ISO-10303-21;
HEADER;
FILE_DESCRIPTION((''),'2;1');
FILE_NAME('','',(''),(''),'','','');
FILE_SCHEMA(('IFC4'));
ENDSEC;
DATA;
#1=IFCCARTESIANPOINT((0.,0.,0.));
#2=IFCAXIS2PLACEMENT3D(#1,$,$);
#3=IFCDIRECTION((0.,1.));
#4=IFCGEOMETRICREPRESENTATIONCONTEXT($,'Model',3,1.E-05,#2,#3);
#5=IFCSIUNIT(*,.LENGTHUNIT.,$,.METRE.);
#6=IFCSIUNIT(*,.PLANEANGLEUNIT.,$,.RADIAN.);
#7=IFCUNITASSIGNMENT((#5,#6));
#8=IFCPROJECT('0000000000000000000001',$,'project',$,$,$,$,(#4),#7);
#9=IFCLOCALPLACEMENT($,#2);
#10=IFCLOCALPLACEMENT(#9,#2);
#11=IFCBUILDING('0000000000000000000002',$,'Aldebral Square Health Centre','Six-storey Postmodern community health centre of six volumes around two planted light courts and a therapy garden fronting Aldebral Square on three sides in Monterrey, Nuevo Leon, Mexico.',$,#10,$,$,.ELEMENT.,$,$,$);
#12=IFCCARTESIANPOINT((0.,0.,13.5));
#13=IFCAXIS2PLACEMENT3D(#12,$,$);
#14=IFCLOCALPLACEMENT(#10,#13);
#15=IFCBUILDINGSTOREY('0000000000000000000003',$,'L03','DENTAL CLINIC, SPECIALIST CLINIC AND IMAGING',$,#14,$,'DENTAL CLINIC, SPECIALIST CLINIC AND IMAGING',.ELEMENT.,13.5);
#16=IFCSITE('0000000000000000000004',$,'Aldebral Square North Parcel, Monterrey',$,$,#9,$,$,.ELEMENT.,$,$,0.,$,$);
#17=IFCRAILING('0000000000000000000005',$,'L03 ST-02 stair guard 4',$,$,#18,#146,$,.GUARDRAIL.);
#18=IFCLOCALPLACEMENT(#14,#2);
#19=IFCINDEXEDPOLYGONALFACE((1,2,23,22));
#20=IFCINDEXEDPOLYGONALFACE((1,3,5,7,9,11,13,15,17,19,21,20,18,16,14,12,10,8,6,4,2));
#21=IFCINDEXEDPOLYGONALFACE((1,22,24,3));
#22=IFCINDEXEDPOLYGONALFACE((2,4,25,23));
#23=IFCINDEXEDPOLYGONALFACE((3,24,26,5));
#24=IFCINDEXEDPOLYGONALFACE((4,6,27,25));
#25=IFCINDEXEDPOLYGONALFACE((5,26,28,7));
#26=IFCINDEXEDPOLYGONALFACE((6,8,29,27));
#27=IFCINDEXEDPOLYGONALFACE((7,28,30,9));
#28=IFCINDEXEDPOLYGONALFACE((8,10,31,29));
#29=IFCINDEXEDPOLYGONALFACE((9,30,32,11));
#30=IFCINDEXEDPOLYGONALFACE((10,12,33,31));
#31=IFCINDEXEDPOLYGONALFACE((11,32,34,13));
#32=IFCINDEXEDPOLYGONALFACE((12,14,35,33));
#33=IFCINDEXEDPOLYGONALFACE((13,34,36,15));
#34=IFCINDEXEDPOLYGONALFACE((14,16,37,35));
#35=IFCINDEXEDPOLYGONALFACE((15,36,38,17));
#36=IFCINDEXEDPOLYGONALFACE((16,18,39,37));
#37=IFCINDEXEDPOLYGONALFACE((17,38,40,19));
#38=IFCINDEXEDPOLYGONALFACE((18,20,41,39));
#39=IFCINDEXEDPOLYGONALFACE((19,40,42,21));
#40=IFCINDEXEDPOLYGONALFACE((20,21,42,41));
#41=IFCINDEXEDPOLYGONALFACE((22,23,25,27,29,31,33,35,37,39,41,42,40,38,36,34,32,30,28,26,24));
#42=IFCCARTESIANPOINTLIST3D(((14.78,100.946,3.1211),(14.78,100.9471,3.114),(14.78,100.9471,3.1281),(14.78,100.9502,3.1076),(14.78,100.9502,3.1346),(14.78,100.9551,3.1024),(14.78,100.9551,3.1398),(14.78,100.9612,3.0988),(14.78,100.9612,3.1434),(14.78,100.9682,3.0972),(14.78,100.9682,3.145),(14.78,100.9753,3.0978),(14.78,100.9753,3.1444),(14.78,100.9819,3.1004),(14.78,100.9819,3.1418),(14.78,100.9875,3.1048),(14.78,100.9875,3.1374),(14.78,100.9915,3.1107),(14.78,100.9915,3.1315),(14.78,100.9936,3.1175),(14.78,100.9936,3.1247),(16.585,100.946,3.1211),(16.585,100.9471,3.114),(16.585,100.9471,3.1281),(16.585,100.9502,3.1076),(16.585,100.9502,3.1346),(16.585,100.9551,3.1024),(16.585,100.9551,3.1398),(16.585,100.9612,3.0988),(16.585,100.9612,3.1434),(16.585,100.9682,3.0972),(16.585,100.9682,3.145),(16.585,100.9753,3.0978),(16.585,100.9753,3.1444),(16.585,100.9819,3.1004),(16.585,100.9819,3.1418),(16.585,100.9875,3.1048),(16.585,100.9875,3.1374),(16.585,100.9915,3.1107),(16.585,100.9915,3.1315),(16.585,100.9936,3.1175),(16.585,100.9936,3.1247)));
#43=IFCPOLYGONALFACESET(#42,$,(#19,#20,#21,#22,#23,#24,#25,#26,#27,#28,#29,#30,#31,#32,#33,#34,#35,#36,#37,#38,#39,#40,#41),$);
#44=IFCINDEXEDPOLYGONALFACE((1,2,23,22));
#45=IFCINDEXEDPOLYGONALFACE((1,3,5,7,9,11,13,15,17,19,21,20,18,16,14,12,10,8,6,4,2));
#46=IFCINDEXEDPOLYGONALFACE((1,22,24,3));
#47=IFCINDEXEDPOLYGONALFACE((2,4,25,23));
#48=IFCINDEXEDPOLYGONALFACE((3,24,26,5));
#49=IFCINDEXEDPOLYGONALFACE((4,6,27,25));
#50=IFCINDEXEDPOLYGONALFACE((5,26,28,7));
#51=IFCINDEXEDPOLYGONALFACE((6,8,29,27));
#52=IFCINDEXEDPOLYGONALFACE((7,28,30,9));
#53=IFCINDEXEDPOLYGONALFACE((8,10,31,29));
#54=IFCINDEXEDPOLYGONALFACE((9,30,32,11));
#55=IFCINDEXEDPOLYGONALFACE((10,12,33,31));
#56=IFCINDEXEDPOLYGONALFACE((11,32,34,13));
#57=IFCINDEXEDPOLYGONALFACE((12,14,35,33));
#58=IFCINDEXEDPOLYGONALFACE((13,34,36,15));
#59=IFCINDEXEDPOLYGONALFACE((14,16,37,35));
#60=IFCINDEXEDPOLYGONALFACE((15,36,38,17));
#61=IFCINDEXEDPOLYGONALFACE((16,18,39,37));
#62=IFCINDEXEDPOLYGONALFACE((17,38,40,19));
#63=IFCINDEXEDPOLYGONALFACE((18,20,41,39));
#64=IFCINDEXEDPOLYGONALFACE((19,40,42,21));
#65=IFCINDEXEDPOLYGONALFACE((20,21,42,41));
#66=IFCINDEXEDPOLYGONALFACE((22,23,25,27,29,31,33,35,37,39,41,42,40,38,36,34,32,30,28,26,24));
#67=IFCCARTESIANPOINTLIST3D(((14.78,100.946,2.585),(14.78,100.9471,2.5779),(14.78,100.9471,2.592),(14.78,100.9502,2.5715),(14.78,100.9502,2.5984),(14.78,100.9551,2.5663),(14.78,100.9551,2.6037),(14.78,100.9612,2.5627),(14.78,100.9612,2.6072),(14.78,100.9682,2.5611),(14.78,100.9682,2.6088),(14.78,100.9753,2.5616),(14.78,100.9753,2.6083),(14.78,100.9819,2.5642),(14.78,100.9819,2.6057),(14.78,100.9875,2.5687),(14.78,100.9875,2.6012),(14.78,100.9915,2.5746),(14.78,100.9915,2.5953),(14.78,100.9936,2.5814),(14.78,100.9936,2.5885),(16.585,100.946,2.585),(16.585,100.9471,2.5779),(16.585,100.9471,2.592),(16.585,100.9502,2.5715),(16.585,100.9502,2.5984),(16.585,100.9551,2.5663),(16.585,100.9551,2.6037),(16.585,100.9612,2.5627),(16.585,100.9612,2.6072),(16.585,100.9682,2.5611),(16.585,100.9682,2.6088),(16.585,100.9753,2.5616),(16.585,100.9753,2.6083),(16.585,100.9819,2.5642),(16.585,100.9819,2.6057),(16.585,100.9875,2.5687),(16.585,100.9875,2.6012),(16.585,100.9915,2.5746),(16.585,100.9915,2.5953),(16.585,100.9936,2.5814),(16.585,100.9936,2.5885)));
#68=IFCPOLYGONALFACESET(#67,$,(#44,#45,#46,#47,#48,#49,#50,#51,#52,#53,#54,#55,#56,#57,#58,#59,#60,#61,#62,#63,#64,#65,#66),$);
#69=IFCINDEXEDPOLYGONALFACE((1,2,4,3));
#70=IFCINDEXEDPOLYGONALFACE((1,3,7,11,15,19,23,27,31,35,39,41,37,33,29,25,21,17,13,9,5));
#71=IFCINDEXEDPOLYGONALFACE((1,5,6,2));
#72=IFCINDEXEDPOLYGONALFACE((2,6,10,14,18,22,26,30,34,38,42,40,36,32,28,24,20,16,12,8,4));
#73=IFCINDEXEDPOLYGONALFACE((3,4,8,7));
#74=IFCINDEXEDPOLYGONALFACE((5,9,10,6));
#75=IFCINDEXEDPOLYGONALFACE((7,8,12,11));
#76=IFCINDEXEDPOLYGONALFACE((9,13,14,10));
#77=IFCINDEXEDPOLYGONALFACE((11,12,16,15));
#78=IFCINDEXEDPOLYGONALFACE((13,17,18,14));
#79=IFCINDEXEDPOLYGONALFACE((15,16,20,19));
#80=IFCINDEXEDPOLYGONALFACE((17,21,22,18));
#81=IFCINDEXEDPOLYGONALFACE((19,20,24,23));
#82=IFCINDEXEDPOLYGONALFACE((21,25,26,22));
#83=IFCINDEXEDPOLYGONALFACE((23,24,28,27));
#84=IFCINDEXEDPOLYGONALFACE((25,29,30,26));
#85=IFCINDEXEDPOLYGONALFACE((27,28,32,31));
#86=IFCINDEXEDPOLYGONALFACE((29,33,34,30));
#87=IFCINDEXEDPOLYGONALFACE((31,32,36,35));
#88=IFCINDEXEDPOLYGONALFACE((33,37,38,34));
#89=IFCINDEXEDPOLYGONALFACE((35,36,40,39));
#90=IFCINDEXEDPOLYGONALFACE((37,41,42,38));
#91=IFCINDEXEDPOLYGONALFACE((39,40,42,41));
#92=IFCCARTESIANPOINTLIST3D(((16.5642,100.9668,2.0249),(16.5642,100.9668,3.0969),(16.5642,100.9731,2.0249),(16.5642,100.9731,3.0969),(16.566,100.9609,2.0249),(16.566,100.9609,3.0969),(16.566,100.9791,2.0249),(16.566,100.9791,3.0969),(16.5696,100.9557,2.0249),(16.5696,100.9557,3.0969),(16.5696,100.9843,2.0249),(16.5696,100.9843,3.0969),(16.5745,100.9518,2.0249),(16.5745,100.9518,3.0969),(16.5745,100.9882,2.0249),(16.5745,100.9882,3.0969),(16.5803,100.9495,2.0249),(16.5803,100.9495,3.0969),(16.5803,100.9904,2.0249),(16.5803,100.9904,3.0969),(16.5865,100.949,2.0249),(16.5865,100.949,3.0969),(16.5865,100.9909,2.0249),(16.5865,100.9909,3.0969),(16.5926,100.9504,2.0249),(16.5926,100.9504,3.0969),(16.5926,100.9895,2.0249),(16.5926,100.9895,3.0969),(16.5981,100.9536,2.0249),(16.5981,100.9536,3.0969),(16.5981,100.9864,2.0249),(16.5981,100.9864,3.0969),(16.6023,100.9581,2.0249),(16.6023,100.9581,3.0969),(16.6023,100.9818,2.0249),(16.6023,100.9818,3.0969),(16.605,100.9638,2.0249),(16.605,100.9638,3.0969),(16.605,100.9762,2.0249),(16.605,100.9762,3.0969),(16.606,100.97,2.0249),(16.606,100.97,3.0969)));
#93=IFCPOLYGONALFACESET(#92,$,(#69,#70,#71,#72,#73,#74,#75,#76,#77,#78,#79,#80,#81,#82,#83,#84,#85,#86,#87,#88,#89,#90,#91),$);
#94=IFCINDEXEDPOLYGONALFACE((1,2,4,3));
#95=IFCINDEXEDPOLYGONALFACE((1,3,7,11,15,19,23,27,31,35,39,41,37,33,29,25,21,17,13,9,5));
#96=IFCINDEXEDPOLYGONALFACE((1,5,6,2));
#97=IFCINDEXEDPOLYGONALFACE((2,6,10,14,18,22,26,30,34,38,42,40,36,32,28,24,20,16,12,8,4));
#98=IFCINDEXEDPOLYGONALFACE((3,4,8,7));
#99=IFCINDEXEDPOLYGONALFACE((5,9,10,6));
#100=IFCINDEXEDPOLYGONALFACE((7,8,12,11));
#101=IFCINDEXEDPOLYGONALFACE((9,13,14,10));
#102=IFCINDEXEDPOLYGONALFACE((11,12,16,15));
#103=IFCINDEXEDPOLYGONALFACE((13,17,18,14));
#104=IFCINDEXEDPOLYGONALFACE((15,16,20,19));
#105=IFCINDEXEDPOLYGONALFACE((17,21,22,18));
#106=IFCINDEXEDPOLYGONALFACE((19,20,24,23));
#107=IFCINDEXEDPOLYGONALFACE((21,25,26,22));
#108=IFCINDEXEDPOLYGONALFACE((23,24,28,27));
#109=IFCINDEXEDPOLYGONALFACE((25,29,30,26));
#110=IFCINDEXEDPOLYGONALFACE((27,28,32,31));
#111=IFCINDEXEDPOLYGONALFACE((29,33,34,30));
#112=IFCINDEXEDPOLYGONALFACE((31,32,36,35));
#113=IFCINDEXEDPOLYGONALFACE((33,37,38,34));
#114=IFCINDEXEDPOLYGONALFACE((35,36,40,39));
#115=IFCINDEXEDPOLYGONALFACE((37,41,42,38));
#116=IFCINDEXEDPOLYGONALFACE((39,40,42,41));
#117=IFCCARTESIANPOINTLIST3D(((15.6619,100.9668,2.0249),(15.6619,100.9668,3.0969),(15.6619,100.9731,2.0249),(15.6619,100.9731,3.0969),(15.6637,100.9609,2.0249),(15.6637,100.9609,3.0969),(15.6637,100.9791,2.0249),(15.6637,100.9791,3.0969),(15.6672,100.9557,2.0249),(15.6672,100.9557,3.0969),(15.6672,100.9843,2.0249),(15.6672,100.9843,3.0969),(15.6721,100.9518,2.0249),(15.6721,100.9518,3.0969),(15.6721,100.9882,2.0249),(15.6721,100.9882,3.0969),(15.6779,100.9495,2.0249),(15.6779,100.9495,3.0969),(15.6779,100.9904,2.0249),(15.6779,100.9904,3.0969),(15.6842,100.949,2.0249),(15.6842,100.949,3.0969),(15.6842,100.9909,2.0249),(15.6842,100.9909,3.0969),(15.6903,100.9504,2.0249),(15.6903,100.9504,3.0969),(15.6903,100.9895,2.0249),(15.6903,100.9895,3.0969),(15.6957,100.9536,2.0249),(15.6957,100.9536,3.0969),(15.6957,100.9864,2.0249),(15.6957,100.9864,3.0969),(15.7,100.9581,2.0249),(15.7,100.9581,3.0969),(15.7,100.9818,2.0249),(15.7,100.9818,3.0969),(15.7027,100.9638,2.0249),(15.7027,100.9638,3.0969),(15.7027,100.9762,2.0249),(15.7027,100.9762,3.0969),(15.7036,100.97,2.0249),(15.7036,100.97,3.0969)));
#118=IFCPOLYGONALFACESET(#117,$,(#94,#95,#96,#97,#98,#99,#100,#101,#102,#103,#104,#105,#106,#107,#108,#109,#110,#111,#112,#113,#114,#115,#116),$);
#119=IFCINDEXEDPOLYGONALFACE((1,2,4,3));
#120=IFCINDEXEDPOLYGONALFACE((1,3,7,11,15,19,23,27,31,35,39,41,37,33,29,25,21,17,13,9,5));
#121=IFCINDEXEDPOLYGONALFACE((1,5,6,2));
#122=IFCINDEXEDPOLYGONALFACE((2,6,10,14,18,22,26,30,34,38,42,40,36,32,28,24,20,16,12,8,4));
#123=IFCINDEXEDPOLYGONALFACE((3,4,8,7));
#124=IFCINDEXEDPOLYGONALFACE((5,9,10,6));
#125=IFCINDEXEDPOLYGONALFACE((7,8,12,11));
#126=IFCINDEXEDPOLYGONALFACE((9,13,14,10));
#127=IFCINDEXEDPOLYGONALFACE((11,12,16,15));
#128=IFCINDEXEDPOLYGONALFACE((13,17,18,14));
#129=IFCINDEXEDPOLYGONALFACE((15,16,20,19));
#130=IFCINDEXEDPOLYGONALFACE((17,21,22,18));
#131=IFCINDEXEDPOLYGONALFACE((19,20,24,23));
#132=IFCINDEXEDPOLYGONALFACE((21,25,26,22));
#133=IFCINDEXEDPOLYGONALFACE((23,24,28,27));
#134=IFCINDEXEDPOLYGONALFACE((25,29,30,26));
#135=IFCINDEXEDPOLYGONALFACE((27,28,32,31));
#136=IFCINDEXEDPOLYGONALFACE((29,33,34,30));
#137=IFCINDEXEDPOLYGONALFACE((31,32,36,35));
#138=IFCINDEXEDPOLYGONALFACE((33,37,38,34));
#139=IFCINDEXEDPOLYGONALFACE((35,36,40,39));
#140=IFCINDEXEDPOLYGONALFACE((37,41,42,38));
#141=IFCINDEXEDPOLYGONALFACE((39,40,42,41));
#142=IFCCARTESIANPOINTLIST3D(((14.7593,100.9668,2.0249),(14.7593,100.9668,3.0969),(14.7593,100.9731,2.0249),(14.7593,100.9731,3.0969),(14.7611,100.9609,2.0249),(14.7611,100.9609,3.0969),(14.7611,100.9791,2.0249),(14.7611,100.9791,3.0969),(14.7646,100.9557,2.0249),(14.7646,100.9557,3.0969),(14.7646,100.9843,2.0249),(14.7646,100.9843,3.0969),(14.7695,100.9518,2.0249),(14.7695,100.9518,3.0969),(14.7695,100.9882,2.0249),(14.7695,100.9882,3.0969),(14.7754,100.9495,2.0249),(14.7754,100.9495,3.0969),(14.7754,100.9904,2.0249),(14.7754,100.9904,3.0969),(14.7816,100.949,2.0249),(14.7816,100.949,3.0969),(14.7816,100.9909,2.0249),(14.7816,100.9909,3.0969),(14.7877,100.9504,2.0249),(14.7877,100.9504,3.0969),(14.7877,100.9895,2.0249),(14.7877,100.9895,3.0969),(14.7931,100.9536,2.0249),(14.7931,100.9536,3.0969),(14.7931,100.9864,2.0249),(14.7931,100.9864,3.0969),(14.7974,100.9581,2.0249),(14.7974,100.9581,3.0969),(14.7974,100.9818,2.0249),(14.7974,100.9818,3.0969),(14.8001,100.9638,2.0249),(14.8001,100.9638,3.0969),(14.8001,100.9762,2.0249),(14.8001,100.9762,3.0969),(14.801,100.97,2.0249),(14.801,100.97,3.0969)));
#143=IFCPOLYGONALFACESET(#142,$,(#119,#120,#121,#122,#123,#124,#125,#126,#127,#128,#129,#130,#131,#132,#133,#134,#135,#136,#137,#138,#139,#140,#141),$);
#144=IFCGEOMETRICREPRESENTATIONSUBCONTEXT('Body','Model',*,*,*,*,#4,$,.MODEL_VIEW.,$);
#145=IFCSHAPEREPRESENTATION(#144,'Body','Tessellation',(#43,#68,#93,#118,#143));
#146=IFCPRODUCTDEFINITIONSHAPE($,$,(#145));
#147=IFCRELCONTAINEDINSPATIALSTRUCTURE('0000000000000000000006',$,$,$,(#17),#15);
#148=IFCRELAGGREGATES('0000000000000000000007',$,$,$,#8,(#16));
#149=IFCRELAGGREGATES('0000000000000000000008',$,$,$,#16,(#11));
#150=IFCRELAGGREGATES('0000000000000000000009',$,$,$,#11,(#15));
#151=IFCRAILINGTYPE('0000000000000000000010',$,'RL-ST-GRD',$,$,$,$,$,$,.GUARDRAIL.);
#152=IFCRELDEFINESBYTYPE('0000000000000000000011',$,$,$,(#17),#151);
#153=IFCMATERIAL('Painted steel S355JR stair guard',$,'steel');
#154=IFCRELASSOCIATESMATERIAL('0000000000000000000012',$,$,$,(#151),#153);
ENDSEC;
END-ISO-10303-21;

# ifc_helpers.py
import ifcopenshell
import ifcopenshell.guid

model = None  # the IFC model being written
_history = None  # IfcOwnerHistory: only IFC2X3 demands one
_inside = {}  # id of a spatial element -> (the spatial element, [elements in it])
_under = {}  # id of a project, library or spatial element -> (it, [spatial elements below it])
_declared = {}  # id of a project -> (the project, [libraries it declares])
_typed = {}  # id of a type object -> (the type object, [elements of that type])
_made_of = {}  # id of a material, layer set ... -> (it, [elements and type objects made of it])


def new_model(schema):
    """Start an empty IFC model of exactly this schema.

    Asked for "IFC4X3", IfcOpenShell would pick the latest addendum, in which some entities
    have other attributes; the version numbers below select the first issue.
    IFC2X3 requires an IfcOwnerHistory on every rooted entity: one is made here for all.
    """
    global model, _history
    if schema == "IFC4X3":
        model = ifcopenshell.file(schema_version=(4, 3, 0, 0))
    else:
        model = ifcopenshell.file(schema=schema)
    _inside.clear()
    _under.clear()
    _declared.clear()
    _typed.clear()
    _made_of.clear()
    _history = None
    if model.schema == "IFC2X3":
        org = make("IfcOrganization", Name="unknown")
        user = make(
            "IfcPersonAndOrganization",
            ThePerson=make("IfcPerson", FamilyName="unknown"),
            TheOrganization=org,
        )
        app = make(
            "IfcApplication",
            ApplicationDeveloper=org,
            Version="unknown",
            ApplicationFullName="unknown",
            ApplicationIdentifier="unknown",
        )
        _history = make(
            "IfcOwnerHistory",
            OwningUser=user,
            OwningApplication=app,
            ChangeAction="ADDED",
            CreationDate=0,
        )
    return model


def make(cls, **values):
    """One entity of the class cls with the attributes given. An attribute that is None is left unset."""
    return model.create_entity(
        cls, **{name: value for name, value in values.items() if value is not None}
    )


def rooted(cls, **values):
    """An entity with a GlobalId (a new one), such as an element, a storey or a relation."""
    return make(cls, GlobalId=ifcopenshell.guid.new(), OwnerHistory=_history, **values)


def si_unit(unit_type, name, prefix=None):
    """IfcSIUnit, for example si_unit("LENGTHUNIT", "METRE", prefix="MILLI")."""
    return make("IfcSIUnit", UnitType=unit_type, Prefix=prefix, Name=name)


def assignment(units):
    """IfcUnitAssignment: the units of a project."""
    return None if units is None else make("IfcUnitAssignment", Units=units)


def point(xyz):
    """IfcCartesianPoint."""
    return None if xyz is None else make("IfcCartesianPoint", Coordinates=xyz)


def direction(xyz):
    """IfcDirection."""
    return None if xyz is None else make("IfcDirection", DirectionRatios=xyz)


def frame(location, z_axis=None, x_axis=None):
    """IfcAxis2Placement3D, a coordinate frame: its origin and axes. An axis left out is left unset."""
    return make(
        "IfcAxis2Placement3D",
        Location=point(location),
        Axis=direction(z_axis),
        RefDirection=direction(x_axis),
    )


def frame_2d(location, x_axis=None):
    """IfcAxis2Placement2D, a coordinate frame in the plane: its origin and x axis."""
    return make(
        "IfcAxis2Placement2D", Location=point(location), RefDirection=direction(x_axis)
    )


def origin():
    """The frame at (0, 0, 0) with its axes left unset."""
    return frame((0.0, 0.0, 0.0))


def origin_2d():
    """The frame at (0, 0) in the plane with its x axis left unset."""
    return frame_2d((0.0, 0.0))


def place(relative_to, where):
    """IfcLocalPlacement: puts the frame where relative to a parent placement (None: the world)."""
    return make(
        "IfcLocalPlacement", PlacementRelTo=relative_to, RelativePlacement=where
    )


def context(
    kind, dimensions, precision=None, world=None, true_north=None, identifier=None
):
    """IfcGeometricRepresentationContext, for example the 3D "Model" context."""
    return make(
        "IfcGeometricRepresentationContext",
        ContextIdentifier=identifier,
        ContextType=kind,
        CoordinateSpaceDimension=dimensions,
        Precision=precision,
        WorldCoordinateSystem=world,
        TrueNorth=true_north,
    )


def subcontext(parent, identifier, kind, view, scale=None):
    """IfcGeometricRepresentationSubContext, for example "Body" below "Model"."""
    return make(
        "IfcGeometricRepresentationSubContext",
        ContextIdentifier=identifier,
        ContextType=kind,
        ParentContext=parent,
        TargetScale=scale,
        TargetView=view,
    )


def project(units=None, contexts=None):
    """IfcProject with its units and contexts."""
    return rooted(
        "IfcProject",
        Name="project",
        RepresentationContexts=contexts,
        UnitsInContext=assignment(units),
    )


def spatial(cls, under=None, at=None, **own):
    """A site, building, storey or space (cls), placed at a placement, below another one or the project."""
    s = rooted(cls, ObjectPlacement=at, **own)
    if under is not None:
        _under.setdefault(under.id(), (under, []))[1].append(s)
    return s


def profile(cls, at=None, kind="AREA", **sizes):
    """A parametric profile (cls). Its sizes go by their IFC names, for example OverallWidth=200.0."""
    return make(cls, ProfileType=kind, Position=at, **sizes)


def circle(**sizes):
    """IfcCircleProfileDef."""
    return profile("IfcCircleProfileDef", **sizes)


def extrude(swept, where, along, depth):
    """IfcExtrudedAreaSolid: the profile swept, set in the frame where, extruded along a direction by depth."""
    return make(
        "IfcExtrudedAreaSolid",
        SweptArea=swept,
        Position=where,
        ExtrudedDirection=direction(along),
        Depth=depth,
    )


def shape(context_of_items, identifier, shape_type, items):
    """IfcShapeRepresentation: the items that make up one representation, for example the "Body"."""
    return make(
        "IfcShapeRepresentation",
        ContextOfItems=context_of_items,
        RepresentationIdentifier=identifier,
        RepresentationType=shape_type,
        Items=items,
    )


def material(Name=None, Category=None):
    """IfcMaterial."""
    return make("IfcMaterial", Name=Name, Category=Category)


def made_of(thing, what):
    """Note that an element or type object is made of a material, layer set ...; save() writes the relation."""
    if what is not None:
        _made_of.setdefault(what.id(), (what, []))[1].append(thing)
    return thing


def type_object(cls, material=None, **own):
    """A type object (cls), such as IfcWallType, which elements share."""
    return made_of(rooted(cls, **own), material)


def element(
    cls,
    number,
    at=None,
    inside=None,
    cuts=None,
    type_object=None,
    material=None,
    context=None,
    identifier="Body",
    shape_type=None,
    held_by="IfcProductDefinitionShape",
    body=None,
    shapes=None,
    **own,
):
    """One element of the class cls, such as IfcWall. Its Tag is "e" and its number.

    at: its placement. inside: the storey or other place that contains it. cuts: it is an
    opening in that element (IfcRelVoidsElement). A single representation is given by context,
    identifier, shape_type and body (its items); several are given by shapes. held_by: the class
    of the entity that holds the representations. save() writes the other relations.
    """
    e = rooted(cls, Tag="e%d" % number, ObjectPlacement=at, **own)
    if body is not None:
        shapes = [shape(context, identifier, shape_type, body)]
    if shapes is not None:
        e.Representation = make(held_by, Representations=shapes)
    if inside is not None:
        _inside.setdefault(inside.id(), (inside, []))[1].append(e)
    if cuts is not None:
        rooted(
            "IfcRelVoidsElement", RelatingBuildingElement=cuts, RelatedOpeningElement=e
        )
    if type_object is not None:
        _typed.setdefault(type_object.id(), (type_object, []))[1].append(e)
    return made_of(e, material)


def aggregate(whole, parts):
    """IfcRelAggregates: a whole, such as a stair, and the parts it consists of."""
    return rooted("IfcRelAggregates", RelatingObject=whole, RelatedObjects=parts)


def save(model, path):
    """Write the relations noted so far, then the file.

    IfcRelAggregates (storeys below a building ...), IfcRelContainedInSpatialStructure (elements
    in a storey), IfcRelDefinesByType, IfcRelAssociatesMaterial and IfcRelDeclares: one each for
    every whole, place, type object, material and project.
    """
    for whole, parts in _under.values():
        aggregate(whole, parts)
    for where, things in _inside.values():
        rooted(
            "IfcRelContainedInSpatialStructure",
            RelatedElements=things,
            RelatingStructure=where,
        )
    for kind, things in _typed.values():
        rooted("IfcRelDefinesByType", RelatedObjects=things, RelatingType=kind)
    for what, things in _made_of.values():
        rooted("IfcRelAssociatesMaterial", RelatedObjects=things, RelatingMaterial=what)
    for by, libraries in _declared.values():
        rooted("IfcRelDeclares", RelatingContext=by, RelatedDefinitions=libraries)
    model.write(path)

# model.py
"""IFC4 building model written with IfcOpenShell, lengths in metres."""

from ifc_helpers import new_model, si_unit, direction, frame, origin, origin_2d, place, context, subcontext, project, spatial, circle, extrude, material, type_object, element, save


model = new_model("IFC4")

# Units and contexts
model_context = context("Model", 3, precision=1e-05, world=origin(), true_north=direction((0.0, 1.0)))
body_context = subcontext(model_context, "Body", "Model", "MODEL_VIEW")
ifc_project = project(units=[si_unit("LENGTHUNIT", "METRE"), si_unit("PLANEANGLEUNIT", "RADIAN")], contexts=[model_context])

# Site, building, storey
site_placement = place(None, origin())
site = spatial("IfcSite", under=ifc_project, at=site_placement, Name="Aldebral Square North Parcel, Monterrey", CompositionType="ELEMENT", RefElevation=0.0)
building_placement = place(site_placement, origin())
building = spatial("IfcBuilding", under=site, at=building_placement, Name="Aldebral Square Health Centre", Description="Six-storey Postmodern community health centre of six volumes around two planted light courts and a therapy garden fronting Aldebral Square on three sides in Monterrey, Nuevo Leon, Mexico.", CompositionType="ELEMENT")
storey_placement = place(building_placement, frame((0.0, 0.0, 13.5)))
storey = spatial("IfcBuildingStorey", under=building, at=storey_placement, Name="L03", Description="DENTAL CLINIC, SPECIALIST CLINIC AND IMAGING", LongName="DENTAL CLINIC, SPECIALIST CLINIC AND IMAGING", CompositionType="ELEMENT", Elevation=13.5)

# Railing
ifc_material_1 = material(Name="Painted steel S355JR stair guard", Category="steel")
railing_type_1 = type_object("IfcRailingType", Name="RL-ST-GRD", PredefinedType="GUARDRAIL", material=ifc_material_1)
for number, where, name in (
    (1, (16.585, 100.97, 2.0249), "L03 ST-02 stair guard 4"),
):
    element("IfcRailing", number, at=place(storey_placement, frame(where)), inside=storey, type_object=railing_type_1, Name=name, PredefinedType="GUARDRAIL", context=body_context, shape_type="SweptSolid", body=[
        extrude(circle(Radius=0.0239, at=origin_2d()), frame((0.0, 0.0, 1.0962), z_axis=(-1.0, 0.0, 0.0), x_axis=(0.0, -1.0, 0.0)), (0.0, 0.0, 1.0), 1.8049),
        extrude(circle(Radius=0.0239, at=origin_2d()), frame((0.0, 0.0, 0.5601), z_axis=(-1.0, 0.0, 0.0), x_axis=(0.0, -1.0, 0.0)), (0.0, 0.0, 1.0), 1.8049),
        extrude(circle(Radius=0.021, at=origin_2d()), origin(), (0.0, 0.0, 1.0), 1.072),
        extrude(circle(Radius=0.021, at=origin_2d()), frame((-0.9023, 0.0, 0.0)), (0.0, 0.0, 1.0), 1.072),
        extrude(circle(Radius=0.021, at=origin_2d()), frame((-1.8049, 0.0, 0.0)), (0.0, 0.0, 1.0), 1.072),
    ])

save(model, "model.ifc")
